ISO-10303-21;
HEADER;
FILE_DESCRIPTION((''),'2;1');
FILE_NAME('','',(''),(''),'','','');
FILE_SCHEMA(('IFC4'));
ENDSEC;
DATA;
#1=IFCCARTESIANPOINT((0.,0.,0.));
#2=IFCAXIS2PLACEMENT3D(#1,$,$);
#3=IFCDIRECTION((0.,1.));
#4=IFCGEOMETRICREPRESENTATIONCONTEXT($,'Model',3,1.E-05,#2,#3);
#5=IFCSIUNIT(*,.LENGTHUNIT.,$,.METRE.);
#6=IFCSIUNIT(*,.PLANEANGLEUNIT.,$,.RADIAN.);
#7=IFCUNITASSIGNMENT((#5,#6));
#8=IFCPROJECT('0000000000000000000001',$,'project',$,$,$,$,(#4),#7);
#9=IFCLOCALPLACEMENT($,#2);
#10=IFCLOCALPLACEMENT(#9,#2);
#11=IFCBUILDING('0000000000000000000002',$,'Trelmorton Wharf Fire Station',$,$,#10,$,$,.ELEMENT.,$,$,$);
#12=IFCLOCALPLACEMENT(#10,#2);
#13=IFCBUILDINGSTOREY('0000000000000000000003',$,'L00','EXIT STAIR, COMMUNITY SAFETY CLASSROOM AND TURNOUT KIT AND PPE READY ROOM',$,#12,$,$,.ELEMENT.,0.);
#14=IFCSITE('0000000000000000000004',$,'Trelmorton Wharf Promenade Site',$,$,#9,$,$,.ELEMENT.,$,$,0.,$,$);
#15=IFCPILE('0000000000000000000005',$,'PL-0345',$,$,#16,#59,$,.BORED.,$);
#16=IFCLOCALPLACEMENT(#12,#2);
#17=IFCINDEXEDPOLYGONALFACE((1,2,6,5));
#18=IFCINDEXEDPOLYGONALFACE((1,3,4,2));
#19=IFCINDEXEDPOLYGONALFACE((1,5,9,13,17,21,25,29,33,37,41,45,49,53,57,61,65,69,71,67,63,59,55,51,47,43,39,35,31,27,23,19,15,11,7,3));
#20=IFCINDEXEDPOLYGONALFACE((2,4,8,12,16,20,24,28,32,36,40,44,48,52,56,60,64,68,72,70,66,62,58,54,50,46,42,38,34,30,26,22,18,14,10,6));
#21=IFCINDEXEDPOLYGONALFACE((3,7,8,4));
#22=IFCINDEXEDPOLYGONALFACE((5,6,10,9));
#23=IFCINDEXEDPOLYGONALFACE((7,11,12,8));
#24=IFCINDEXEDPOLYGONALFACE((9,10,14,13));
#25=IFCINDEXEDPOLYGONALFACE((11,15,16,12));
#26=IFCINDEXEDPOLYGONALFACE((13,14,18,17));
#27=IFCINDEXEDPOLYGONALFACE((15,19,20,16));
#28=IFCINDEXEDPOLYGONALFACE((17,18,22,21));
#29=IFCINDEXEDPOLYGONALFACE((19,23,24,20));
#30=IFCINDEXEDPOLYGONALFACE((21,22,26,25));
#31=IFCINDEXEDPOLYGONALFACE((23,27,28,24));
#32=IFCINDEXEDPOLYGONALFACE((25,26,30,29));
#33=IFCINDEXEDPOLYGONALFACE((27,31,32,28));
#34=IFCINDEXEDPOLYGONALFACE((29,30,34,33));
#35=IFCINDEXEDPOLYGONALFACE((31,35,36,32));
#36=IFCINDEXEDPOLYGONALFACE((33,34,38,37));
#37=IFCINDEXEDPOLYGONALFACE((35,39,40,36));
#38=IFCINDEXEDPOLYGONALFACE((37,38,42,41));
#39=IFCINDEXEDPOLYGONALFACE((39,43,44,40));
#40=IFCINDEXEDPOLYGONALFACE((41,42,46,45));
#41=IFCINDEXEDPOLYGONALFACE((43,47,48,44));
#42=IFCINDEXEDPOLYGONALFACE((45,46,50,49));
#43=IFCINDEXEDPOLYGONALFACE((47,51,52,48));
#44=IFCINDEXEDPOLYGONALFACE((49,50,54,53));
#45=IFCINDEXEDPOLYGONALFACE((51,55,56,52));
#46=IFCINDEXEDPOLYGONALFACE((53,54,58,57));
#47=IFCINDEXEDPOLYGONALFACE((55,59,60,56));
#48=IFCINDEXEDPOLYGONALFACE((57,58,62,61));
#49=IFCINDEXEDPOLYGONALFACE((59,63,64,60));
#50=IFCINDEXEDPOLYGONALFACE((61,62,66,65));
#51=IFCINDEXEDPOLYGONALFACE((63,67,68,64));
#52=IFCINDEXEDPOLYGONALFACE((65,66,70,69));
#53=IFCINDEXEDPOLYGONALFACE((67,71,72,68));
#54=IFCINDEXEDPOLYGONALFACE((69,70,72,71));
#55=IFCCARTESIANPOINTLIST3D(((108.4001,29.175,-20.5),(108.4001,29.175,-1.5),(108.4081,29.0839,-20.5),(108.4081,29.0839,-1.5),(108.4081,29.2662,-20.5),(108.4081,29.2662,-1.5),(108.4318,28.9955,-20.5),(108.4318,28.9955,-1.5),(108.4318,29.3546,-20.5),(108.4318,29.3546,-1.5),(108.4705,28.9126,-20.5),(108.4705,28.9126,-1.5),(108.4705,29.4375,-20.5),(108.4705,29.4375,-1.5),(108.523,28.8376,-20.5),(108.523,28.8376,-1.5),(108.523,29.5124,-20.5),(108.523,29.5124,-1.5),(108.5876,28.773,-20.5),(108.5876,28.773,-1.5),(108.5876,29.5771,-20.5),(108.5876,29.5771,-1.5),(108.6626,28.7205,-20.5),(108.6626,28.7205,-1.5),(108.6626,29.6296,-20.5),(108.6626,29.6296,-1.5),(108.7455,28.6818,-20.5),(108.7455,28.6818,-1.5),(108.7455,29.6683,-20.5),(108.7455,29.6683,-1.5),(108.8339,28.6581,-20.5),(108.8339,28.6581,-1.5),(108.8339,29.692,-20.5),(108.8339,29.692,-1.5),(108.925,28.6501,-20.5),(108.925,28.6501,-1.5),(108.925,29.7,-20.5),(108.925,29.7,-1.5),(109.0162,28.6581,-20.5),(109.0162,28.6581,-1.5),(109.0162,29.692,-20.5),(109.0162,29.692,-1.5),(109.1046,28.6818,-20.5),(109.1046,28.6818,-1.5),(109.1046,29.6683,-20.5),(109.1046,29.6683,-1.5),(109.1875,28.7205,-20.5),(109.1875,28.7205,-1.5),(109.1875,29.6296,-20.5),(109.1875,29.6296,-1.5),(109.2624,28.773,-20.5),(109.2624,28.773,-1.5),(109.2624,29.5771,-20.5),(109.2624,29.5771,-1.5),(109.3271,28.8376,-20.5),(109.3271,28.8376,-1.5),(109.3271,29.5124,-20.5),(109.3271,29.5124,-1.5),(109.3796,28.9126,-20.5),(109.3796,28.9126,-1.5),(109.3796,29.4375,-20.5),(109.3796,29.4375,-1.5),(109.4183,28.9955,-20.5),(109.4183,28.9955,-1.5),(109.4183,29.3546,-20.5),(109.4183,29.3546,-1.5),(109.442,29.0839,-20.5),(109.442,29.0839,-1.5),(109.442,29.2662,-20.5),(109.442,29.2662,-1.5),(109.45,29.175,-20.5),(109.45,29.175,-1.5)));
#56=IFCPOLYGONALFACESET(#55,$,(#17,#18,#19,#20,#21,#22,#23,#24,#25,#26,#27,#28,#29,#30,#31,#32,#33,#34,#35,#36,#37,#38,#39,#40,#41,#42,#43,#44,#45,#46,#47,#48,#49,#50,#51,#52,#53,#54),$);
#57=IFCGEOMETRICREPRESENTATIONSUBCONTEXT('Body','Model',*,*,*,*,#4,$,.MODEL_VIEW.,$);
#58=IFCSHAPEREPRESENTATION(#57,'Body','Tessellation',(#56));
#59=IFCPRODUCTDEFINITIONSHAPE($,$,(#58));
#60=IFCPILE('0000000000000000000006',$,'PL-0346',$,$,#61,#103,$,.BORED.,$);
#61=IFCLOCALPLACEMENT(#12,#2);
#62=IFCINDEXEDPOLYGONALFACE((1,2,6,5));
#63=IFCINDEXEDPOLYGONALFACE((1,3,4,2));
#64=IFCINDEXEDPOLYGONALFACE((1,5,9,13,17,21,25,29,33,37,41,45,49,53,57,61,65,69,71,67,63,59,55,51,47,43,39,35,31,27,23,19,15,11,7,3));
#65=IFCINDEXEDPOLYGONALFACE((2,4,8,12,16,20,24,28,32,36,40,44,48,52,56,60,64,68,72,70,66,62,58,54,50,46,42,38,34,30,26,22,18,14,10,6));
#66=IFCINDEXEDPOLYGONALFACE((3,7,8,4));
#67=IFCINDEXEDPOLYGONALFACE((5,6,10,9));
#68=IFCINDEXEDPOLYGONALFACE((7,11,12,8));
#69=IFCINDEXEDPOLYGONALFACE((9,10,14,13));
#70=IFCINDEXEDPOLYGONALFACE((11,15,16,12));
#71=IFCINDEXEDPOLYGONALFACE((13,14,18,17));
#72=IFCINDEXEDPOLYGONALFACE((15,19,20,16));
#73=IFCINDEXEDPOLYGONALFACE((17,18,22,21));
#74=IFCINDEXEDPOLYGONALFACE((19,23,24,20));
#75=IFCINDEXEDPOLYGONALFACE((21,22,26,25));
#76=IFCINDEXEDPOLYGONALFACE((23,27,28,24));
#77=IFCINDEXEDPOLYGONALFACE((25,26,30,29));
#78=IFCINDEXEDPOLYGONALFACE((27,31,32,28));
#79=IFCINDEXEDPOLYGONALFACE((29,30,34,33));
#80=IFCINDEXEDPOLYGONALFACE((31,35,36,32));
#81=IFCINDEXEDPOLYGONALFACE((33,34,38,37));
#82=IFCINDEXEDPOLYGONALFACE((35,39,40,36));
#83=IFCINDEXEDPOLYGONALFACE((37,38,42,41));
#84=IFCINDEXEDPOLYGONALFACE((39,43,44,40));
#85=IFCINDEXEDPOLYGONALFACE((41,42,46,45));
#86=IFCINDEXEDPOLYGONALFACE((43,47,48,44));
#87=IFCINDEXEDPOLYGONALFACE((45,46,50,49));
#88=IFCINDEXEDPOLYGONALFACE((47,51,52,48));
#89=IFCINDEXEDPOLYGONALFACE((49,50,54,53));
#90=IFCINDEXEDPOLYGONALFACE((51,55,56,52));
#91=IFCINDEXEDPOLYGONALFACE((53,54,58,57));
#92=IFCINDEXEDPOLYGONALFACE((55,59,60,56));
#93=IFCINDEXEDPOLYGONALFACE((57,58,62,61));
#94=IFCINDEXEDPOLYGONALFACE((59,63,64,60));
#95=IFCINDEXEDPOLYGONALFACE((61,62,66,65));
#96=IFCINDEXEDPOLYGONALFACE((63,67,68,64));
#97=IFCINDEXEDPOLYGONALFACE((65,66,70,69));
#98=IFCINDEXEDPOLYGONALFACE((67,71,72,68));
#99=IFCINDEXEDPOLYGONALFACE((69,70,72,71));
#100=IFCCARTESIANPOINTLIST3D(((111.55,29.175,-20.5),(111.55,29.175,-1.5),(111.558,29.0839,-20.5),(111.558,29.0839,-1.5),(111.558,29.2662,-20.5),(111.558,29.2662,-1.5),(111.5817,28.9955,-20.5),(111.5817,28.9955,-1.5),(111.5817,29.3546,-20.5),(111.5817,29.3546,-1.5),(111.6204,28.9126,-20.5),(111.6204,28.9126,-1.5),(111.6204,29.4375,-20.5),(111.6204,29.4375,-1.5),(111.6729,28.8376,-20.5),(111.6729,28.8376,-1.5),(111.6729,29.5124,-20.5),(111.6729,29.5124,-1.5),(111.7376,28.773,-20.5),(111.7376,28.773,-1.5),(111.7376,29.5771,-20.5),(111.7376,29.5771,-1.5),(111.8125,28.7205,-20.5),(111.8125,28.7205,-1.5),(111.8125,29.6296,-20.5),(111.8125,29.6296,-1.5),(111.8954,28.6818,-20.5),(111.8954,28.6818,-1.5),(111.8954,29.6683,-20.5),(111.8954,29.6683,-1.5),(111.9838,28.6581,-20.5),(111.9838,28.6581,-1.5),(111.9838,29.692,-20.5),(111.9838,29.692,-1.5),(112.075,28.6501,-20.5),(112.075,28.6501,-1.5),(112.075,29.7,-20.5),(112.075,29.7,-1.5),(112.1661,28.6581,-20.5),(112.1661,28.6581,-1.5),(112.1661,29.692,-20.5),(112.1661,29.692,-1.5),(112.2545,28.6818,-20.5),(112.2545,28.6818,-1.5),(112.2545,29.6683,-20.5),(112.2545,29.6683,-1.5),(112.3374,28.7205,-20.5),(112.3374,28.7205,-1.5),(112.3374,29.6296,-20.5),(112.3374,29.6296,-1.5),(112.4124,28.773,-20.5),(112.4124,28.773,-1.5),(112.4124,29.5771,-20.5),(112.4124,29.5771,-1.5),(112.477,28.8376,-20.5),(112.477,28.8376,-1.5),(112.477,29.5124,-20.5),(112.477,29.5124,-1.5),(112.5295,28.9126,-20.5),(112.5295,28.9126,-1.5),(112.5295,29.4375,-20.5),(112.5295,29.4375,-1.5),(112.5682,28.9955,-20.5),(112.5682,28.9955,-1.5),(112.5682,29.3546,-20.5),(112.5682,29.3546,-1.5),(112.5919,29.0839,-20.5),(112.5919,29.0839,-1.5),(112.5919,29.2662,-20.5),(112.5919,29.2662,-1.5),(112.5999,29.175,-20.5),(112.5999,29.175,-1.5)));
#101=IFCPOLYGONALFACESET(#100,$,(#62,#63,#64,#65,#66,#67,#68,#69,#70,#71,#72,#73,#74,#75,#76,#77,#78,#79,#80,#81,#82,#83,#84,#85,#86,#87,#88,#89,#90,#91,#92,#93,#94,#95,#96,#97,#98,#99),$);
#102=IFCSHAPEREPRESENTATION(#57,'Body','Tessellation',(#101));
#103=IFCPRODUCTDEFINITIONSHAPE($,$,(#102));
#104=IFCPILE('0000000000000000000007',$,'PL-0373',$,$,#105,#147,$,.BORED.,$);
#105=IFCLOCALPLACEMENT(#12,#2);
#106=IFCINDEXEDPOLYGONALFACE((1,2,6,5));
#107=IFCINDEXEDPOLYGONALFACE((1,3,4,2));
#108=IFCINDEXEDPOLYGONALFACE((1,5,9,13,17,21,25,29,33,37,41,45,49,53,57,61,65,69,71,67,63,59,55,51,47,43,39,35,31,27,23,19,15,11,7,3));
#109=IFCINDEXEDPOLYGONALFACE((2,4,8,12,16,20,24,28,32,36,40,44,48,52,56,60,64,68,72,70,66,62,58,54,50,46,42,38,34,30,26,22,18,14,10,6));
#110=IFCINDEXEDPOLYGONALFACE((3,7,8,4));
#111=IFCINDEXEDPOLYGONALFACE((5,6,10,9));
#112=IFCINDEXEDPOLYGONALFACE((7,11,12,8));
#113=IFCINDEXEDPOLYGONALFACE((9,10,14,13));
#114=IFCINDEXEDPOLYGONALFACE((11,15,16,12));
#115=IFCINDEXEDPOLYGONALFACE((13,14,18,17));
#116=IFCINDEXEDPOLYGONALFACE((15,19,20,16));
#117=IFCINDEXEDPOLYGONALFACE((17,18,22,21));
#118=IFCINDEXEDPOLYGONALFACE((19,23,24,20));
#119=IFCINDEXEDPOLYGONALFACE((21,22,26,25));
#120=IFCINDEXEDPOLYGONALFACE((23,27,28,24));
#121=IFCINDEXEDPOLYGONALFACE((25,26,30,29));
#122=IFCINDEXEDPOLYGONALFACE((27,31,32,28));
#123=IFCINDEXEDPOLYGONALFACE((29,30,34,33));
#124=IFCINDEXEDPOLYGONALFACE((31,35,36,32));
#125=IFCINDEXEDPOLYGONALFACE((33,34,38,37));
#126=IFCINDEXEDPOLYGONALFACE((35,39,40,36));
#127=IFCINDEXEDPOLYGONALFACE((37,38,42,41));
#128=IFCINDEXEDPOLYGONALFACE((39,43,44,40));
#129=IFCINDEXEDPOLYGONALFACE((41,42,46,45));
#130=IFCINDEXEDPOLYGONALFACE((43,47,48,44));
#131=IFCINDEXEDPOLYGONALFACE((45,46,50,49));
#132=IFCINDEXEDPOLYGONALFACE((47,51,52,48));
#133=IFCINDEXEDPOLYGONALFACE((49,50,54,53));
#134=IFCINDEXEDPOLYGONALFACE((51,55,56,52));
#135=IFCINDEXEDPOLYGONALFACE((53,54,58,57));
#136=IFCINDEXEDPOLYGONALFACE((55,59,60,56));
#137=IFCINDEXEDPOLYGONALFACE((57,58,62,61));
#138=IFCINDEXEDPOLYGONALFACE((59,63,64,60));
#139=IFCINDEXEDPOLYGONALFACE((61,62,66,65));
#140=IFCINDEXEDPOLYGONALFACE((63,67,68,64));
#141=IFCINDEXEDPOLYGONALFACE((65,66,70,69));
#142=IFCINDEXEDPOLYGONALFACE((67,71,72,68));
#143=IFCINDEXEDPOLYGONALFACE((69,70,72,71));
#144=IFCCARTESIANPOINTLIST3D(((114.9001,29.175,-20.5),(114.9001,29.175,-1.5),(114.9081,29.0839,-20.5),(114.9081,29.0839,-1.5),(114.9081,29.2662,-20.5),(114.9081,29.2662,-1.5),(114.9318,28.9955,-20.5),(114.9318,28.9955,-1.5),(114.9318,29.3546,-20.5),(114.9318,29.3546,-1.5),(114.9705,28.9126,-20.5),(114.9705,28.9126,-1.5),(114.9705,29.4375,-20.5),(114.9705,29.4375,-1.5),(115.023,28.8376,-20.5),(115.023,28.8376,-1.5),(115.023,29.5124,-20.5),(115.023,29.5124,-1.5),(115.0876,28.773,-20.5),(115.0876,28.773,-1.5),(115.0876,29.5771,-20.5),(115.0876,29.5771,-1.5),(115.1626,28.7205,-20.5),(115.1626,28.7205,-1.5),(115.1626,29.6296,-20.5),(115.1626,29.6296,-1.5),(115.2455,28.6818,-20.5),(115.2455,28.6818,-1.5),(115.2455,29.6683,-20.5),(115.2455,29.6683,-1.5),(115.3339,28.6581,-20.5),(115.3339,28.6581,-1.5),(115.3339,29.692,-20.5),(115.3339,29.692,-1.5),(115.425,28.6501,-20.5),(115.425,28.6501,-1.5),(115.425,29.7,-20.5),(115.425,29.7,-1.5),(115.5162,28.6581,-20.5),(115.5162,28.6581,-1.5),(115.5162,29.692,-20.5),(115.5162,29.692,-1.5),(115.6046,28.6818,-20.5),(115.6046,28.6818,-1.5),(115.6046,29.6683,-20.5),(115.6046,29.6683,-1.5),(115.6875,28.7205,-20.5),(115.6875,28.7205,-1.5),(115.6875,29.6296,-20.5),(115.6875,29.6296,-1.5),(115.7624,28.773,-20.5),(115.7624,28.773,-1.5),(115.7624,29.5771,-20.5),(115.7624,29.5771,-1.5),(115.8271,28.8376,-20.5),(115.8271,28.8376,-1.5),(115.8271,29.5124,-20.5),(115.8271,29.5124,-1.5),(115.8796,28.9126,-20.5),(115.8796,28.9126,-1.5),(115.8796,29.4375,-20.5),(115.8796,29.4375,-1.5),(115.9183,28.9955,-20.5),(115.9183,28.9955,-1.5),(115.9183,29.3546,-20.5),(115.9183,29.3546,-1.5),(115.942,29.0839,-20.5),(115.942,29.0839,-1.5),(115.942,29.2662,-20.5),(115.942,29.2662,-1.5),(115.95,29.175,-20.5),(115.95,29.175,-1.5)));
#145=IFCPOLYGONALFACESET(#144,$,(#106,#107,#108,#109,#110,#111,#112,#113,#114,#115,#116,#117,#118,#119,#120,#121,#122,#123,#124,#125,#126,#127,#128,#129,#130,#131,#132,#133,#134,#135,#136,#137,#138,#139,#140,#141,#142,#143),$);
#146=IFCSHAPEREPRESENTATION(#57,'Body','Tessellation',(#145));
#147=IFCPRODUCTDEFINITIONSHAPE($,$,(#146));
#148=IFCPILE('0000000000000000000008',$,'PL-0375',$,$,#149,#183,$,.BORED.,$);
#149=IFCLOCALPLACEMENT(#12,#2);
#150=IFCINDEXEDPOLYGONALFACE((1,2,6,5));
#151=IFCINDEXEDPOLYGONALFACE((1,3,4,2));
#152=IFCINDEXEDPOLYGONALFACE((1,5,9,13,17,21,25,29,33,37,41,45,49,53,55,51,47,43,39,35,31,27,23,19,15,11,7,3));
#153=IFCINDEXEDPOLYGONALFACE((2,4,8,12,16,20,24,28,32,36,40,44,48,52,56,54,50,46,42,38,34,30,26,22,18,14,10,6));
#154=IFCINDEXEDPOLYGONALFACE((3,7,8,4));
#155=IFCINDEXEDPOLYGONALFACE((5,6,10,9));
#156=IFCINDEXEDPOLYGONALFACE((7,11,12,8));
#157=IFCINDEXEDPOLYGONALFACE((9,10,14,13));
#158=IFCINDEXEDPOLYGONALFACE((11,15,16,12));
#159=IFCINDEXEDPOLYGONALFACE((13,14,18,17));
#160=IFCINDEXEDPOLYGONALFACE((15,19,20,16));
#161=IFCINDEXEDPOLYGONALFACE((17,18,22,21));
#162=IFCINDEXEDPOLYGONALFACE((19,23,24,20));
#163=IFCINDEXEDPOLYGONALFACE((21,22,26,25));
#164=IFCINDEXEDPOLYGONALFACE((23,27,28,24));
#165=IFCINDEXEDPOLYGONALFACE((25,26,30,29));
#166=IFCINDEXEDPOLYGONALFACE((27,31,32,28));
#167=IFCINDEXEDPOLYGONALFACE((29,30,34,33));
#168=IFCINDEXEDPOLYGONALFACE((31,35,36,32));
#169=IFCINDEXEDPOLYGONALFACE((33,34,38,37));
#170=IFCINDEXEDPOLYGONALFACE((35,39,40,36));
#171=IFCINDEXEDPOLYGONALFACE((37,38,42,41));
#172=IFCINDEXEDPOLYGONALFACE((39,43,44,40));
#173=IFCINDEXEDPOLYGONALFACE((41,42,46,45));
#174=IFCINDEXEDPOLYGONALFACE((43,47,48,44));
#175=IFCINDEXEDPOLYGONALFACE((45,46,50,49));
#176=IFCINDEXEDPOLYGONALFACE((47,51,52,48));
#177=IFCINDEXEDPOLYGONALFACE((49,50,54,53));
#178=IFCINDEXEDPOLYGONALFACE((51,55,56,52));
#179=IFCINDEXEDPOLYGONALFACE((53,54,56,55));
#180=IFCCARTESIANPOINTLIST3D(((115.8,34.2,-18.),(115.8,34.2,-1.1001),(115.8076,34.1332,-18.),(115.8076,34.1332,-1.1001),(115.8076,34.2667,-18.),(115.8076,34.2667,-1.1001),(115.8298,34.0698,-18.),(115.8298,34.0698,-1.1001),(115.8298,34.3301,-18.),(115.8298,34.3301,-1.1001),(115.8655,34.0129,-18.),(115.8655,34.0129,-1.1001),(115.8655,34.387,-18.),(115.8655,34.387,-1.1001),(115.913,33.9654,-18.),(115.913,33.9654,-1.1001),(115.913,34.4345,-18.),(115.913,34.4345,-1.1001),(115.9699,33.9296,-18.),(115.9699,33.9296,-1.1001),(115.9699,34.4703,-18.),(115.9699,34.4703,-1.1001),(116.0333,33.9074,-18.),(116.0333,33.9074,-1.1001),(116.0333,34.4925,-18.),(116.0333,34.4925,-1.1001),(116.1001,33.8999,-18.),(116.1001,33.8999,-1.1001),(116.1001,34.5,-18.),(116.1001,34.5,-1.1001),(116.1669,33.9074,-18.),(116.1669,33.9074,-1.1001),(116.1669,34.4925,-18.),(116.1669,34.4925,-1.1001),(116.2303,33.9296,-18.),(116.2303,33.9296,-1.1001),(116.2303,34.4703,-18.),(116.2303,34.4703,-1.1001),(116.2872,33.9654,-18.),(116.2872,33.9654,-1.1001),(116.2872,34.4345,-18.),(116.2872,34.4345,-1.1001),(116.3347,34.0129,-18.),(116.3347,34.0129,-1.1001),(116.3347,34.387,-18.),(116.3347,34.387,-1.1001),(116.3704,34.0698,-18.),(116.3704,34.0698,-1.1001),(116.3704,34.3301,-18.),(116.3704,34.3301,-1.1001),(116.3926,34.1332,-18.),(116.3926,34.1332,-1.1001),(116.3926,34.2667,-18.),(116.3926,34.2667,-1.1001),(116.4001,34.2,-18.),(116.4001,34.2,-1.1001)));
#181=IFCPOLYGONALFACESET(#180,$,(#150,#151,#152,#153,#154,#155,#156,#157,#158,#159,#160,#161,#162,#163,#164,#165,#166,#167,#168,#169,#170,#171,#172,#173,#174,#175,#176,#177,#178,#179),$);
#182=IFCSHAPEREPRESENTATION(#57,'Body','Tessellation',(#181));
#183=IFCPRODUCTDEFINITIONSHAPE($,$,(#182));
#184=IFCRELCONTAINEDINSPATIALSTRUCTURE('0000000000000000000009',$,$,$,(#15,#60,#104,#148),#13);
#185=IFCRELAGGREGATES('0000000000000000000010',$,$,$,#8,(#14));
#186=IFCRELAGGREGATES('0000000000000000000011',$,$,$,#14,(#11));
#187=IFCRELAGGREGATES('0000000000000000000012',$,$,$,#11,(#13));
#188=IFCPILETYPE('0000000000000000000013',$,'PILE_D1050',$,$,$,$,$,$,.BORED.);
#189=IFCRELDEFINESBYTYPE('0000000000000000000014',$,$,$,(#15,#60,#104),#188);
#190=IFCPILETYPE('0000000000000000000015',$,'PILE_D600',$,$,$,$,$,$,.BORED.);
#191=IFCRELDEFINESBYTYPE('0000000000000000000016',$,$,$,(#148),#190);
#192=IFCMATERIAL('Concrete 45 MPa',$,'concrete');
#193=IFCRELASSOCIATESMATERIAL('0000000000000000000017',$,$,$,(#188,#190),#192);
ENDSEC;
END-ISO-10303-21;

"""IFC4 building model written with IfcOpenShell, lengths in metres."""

from ifc_helpers import new_model, si_unit, direction, frame, origin, origin_2d, place, context, subcontext, project, spatial, circle, extrude, material, material_profile, profile_set, type_object, element, save


model = new_model("IFC4")

# Units and contexts
model_context = context("Model", 3, precision=1e-05, world=origin(), true_north=direction((0.0, 1.0)))
body_context = subcontext(model_context, "Body", "Model", "MODEL_VIEW")
ifc_project = project(units=[si_unit("LENGTHUNIT", "METRE"), si_unit("PLANEANGLEUNIT", "RADIAN")], contexts=[model_context])

# Site, building, storey
site_placement = place(None, origin())
site = spatial("IfcSite", under=ifc_project, at=site_placement, Name="Trelmorton Wharf Promenade Site", CompositionType="ELEMENT", RefElevation=0.0)
building_placement = place(site_placement, origin())
building = spatial("IfcBuilding", under=site, at=building_placement, Name="Trelmorton Wharf Fire Station", CompositionType="ELEMENT")
storey_placement = place(building_placement, origin())
storey = spatial("IfcBuildingStorey", under=building, at=storey_placement, Name="L00", Description="EXIT STAIR, COMMUNITY SAFETY CLASSROOM AND TURNOUT KIT AND PPE READY ROOM", CompositionType="ELEMENT", Elevation=0.0)

# Piles
ifc_material_1 = material(Name="Concrete 45 MPa", Category="concrete")
ifc_material_profile_1 = material_profile(ifc_material_1, circle(Radius=0.5249, at=origin_2d()), Name="PILE-D1050")
ifc_profile_set_1 = profile_set([ifc_material_profile_1], Name="Concrete 45 MPa")
pile_type_1 = type_object("IfcPileType", Name="PILE_D1050", PredefinedType="BORED", material=ifc_profile_set_1)
for number, where, z_axis, x_axis, name in (
    (1, (108.925, 29.175, -1.5), (0.0, 0.0, -1.0), (1.0, 0.0, 0.0), "PL-0345"),
    (2, (112.075, 29.175, -1.5), (0.0, 0.0, -1.0), (1.0, 0.0, 0.0), "PL-0346"),
    (3, (115.425, 29.175, -1.5), (0.0, 0.0, -1.0), (1.0, 0.0, 0.0), "PL-0373"),
):
    element("IfcPile", number, at=place(storey_placement, frame(where, z_axis=z_axis, x_axis=x_axis)), inside=storey, type_object=pile_type_1, Name=name, PredefinedType="BORED", context=body_context, shape_type="SweptSolid", body=[
        extrude(circle(Radius=0.5249, at=origin_2d()), origin(), (0.0, 0.0, 1.0), 19.0),
    ])
ifc_material_profile_2 = material_profile(ifc_material_1, circle(Radius=0.3, at=origin_2d()), Name="PILE-D600")
ifc_profile_set_2 = profile_set([ifc_material_profile_2], Name="Concrete 45 MPa")
pile_type_2 = type_object("IfcPileType", Name="PILE_D600", PredefinedType="BORED", material=ifc_profile_set_2)
for number, where, z_axis, x_axis, name in (
    (4, (116.1001, 34.2, -1.1001), (0.0, 0.0, -1.0), (1.0, 0.0, 0.0), "PL-0375"),
):
    element("IfcPile", number, at=place(storey_placement, frame(where, z_axis=z_axis, x_axis=x_axis)), inside=storey, type_object=pile_type_2, Name=name, PredefinedType="BORED", context=body_context, shape_type="SweptSolid", body=[
        extrude(circle(Radius=0.3, at=origin_2d()), origin(), (0.0, 0.0, 1.0), 16.8999),
    ])

save(model, "model.ifc")
